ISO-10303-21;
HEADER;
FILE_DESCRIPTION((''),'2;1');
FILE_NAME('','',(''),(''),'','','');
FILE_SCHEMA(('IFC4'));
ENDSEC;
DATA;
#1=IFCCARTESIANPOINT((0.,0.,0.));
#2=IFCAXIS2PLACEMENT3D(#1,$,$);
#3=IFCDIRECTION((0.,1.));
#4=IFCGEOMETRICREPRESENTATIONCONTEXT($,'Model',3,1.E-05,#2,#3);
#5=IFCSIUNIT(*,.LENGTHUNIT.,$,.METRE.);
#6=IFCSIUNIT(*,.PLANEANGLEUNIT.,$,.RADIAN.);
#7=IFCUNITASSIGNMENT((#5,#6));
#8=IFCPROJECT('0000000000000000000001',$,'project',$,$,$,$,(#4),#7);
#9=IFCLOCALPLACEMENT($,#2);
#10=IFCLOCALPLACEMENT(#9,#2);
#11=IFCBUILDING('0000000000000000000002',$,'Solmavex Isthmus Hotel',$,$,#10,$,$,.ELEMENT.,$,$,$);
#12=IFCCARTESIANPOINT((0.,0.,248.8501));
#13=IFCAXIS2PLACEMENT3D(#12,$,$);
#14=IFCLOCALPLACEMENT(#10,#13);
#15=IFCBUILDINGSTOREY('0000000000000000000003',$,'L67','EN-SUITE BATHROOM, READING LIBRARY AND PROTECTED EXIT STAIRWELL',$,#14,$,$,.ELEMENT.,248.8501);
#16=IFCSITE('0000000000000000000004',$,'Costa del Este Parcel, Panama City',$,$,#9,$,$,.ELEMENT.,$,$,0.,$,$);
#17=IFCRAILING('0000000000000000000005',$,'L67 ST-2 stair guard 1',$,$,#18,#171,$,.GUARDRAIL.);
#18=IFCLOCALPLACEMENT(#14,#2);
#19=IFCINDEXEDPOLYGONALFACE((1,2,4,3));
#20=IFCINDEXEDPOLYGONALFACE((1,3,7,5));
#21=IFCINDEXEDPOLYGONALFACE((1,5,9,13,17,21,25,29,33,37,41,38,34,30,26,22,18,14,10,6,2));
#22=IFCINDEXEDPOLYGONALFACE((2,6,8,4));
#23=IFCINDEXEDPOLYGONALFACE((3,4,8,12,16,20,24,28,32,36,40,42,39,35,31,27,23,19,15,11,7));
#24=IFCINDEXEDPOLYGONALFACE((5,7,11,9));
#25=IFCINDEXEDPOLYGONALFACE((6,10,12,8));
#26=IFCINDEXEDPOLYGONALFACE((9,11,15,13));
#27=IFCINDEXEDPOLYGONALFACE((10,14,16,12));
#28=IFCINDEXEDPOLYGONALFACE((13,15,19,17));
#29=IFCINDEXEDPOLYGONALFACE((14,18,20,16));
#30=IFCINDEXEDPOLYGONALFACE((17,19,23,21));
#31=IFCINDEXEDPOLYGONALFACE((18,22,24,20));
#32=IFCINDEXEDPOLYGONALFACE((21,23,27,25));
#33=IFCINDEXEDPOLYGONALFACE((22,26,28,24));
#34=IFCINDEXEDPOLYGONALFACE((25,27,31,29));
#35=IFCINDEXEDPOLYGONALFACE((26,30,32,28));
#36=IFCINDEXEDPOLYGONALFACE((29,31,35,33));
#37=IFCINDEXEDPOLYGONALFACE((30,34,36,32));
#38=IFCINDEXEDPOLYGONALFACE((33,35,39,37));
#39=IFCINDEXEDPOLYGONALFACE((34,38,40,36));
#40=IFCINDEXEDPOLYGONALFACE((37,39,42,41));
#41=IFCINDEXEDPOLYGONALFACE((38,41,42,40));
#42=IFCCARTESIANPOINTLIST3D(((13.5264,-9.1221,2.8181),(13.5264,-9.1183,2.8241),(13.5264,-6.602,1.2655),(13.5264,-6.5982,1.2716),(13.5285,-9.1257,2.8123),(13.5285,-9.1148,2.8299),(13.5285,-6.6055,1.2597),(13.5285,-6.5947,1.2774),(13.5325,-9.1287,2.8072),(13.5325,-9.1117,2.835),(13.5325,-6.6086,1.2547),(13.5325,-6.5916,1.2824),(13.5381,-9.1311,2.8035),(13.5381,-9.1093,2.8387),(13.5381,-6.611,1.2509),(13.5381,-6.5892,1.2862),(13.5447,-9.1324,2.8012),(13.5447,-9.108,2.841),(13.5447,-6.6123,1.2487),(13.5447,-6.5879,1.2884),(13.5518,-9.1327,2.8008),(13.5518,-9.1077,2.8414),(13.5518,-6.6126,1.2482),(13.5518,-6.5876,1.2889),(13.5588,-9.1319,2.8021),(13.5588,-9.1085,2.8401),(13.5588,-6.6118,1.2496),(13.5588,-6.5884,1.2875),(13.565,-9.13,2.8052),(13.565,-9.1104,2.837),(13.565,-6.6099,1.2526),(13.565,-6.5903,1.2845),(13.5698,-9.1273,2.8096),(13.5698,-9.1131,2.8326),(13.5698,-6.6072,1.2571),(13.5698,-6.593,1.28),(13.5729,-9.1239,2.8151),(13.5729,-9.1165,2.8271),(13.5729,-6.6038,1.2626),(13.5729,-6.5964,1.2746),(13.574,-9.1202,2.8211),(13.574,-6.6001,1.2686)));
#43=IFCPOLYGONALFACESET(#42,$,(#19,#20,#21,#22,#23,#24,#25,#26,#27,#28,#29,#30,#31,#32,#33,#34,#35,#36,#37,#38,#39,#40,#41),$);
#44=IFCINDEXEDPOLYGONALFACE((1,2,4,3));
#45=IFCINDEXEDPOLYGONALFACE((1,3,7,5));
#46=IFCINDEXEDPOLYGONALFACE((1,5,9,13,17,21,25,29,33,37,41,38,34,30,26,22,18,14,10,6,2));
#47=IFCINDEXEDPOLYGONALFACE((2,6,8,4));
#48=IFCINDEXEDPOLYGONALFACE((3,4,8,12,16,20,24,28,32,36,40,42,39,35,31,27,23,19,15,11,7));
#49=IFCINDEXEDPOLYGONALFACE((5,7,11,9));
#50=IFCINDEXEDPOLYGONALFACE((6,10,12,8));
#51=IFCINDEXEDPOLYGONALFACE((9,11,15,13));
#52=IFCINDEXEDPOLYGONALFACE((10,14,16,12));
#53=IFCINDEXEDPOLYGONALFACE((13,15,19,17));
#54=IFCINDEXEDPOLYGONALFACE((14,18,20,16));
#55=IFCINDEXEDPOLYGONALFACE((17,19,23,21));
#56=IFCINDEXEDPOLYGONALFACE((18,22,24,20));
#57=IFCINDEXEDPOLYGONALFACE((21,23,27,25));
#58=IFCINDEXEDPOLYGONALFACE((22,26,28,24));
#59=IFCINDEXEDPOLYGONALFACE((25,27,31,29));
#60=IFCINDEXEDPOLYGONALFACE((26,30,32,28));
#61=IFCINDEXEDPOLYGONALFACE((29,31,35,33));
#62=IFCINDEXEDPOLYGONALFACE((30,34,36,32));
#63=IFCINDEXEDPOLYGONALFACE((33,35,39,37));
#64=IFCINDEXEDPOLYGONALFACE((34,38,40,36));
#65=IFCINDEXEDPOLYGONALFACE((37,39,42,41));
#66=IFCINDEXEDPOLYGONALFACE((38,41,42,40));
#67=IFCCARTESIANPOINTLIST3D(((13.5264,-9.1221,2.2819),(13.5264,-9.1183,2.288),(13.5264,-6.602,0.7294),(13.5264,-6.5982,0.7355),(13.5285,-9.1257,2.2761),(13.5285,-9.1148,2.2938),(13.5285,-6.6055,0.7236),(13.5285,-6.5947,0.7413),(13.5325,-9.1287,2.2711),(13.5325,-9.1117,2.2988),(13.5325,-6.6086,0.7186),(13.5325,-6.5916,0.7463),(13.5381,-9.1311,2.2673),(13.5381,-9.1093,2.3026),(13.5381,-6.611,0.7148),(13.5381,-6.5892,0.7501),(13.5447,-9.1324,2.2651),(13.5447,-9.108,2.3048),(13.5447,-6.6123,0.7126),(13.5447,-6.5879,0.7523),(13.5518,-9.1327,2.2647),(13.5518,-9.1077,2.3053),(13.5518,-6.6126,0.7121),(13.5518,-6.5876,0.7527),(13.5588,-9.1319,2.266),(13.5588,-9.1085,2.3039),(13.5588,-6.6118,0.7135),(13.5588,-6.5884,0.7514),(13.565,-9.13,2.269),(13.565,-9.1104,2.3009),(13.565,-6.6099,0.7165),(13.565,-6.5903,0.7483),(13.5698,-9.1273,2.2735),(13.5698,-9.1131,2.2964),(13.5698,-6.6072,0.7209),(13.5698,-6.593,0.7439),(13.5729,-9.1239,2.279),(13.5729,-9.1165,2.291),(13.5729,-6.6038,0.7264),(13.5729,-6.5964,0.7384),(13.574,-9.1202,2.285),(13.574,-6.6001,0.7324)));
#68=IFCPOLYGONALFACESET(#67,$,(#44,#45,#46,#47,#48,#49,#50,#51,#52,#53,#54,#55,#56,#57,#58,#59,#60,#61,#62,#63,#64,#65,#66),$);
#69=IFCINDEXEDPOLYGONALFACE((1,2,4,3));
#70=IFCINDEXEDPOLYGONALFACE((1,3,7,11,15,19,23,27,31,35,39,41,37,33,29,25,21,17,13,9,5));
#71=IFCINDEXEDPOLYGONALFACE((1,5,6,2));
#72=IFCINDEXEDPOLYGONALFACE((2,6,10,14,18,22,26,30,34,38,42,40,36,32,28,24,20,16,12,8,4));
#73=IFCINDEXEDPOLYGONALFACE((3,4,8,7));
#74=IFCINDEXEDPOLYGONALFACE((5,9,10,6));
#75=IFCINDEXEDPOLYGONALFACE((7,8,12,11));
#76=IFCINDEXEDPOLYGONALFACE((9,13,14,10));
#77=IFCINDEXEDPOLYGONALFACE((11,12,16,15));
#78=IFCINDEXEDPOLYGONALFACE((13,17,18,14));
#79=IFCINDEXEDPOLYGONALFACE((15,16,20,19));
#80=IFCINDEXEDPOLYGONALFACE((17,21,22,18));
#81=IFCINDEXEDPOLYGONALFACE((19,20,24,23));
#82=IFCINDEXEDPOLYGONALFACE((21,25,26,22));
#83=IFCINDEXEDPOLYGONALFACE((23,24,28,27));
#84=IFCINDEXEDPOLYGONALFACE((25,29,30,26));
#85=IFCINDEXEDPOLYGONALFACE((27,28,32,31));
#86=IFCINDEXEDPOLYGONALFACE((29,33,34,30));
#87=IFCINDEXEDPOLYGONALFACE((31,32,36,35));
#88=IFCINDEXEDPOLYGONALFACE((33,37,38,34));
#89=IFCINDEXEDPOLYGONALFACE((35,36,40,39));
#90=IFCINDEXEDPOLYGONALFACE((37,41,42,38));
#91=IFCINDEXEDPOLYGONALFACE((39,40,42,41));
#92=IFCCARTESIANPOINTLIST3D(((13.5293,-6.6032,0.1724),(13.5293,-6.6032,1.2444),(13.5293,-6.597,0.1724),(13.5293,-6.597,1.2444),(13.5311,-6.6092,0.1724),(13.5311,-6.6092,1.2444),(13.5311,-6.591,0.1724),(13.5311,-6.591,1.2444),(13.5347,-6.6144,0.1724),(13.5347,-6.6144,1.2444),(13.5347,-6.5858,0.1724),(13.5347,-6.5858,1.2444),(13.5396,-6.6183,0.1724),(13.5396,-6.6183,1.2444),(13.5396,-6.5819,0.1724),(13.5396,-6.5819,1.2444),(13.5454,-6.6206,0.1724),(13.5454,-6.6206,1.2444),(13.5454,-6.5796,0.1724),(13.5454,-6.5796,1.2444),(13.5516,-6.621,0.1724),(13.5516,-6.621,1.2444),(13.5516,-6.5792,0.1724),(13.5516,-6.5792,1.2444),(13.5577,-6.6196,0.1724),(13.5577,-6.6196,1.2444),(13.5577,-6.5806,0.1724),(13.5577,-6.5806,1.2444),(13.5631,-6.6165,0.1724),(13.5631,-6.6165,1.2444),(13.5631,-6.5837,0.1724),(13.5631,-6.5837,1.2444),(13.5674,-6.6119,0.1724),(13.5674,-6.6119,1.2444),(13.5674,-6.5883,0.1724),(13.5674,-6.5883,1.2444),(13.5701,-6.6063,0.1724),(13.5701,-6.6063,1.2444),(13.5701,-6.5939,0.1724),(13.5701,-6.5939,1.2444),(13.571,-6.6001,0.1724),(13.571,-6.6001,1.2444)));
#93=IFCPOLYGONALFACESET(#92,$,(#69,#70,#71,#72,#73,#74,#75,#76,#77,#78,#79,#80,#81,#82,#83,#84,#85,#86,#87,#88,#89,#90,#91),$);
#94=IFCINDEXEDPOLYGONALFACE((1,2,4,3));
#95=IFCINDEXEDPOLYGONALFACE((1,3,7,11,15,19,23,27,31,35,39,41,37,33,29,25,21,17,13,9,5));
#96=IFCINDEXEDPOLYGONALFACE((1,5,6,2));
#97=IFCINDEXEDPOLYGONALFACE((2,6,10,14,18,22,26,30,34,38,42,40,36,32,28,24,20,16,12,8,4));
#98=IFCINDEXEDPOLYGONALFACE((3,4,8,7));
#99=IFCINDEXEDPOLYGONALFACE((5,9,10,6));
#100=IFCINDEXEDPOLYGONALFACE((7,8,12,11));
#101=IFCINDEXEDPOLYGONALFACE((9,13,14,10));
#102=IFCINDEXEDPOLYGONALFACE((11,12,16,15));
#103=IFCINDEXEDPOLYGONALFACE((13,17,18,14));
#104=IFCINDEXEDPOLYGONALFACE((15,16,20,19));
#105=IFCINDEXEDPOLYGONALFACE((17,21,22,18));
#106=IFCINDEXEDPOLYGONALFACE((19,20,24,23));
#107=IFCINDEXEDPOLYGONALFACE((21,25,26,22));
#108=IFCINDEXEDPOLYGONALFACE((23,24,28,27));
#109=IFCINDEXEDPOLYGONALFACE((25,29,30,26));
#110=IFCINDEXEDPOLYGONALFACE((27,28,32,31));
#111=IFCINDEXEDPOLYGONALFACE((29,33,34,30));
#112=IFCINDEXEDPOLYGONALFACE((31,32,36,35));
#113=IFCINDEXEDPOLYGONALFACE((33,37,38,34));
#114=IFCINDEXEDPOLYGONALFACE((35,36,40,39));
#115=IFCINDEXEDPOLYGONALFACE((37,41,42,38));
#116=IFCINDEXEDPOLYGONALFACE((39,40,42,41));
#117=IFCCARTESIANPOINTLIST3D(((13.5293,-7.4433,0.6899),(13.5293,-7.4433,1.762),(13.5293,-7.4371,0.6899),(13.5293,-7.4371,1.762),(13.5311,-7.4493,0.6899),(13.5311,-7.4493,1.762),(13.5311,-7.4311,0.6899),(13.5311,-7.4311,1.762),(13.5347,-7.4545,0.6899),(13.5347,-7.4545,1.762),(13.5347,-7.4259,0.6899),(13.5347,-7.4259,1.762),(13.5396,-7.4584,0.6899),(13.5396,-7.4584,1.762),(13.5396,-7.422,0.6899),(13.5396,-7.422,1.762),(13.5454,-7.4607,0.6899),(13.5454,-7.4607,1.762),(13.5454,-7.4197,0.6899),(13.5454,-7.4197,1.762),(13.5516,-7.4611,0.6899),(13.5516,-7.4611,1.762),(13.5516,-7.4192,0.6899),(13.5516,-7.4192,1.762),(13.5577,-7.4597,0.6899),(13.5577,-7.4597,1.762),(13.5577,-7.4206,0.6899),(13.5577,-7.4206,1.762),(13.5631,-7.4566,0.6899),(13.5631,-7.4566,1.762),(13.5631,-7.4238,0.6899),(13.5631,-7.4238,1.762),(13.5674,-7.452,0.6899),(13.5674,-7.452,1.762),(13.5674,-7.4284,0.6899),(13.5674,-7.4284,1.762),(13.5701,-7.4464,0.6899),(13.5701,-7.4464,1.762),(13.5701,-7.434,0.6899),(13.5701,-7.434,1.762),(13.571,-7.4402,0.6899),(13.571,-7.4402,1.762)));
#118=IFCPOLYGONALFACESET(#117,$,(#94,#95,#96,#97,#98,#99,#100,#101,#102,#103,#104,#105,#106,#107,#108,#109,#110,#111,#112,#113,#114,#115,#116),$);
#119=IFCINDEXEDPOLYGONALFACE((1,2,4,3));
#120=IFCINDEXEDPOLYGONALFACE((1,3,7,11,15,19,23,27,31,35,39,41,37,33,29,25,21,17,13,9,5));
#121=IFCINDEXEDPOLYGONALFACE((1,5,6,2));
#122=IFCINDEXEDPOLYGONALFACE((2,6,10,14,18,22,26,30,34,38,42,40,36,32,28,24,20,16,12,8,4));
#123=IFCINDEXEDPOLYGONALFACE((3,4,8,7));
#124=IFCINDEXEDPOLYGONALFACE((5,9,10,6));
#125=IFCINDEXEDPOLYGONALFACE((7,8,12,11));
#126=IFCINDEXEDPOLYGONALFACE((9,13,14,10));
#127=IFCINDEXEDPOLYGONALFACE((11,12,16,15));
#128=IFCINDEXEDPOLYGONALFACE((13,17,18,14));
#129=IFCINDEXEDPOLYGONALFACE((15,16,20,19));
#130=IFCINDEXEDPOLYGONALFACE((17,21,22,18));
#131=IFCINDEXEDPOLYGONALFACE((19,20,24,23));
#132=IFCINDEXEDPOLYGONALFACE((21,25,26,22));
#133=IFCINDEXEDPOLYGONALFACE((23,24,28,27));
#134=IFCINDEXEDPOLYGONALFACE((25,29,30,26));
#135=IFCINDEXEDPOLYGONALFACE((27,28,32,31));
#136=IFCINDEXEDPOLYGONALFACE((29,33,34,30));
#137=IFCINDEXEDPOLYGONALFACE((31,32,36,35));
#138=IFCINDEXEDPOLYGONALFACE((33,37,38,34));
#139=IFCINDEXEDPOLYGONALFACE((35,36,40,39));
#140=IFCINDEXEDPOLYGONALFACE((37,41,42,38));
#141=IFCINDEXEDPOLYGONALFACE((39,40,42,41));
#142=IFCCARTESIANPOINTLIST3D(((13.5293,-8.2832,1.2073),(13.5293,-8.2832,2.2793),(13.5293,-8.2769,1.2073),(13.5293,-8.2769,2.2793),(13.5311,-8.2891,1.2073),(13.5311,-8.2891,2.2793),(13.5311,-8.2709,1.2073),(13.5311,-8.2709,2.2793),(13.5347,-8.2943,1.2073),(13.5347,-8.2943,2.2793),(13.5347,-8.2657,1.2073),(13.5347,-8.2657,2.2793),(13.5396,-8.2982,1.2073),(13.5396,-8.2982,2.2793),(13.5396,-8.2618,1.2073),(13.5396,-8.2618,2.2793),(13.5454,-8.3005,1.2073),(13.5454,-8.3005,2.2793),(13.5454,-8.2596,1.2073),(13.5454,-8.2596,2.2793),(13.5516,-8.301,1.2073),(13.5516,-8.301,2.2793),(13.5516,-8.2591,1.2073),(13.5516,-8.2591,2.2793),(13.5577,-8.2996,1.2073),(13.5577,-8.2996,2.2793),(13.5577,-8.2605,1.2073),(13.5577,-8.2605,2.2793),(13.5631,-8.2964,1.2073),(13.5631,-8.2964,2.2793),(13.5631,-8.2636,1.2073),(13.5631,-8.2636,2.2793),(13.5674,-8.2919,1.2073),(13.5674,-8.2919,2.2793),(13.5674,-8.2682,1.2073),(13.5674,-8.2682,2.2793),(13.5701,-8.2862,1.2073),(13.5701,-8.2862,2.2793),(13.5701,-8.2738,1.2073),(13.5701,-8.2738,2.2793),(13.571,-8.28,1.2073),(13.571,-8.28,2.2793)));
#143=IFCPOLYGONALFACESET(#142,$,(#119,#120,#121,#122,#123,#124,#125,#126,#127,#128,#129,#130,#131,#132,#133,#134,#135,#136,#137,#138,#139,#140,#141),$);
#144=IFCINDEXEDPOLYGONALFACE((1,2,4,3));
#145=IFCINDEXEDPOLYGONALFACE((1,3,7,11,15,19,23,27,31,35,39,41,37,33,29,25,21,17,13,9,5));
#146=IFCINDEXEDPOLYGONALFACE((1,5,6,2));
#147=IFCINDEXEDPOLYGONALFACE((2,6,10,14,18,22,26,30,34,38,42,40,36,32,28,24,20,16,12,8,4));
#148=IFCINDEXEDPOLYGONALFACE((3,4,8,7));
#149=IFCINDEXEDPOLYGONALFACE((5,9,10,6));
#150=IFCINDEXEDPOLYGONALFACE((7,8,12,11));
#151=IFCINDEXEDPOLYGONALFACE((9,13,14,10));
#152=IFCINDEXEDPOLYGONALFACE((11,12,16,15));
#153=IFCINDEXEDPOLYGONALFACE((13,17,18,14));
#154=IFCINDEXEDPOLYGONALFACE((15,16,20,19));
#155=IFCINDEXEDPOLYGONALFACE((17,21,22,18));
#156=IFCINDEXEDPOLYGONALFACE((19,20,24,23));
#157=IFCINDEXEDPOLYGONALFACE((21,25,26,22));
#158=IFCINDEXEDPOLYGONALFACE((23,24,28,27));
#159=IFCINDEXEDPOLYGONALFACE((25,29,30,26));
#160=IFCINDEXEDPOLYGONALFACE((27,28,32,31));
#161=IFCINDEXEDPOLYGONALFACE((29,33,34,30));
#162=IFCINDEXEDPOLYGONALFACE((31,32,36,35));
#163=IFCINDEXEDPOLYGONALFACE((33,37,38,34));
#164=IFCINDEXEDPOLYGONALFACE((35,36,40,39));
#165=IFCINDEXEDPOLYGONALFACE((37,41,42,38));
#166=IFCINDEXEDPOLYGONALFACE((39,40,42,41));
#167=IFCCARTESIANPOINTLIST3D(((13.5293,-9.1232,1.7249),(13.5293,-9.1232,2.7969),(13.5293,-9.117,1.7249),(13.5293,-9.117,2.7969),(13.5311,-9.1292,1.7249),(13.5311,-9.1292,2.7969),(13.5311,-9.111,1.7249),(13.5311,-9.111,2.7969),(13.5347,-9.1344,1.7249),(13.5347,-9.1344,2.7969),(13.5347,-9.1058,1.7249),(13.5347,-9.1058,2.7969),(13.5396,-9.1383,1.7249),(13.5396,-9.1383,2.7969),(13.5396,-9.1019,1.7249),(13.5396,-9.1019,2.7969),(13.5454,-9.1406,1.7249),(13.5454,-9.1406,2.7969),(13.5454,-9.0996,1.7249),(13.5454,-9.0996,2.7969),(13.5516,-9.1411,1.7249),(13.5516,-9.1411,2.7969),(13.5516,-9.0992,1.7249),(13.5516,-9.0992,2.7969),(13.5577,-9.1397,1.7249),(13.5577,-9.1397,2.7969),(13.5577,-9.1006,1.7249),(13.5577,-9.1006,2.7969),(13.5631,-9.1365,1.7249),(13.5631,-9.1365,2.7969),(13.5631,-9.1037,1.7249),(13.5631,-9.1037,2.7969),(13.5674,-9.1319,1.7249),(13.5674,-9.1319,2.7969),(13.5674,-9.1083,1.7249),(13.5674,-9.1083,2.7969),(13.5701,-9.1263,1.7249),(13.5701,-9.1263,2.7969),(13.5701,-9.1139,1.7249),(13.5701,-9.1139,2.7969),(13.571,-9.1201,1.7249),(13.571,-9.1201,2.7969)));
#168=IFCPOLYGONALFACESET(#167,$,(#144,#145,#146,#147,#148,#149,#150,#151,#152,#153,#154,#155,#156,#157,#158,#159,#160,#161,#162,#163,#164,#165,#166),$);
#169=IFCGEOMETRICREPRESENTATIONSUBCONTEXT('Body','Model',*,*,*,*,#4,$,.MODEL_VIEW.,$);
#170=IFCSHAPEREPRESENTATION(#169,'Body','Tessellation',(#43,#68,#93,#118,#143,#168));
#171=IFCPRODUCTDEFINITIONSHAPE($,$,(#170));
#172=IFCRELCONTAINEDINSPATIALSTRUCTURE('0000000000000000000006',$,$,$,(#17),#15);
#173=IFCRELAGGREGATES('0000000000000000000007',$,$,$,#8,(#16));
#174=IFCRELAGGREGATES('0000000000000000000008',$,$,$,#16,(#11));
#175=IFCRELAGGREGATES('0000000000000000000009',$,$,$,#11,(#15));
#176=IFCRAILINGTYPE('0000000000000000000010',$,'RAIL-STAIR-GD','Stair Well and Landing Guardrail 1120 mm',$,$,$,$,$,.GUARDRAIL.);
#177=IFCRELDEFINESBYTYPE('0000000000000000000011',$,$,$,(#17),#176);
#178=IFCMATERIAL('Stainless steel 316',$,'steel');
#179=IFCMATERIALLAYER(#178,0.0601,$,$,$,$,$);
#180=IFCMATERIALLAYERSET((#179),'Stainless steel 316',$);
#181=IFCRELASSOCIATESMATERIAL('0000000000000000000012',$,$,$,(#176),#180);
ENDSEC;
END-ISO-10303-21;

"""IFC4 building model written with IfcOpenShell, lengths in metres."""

from ifc_helpers import new_model, si_unit, direction, frame, origin, origin_2d, place, context, subcontext, project, spatial, circle, extrude, material, layer, layer_set, type_object, element, save


model = new_model("IFC4")

# Units and contexts
model_context = context("Model", 3, precision=1e-05, world=origin(), true_north=direction((0.0, 1.0)))
body_context = subcontext(model_context, "Body", "Model", "MODEL_VIEW")
ifc_project = project(units=[si_unit("LENGTHUNIT", "METRE"), si_unit("PLANEANGLEUNIT", "RADIAN")], contexts=[model_context])

# Site, building, storey
site_placement = place(None, origin())
site = spatial("IfcSite", under=ifc_project, at=site_placement, Name="Costa del Este Parcel, Panama City", CompositionType="ELEMENT", RefElevation=0.0)
building_placement = place(site_placement, origin())
building = spatial("IfcBuilding", under=site, at=building_placement, Name="Solmavex Isthmus Hotel", CompositionType="ELEMENT")
storey_placement = place(building_placement, frame((0.0, 0.0, 248.8501)))
storey = spatial("IfcBuildingStorey", under=building, at=storey_placement, Name="L67", Description="EN-SUITE BATHROOM, READING LIBRARY AND PROTECTED EXIT STAIRWELL", CompositionType="ELEMENT", Elevation=248.8501)

# Shared definitions
ifc_material_1 = material(Name="Stainless steel 316", Category="steel")

# Railing
ifc_layer_1 = layer(ifc_material_1, 0.0601)
ifc_layer_set_1 = layer_set([ifc_layer_1], Name="Stainless steel 316")
railing_type_1 = type_object("IfcRailingType", Name="RAIL-STAIR-GD", Description="Stair Well and Landing Guardrail 1120 mm", PredefinedType="GUARDRAIL", material=ifc_layer_set_1)
railing_1_placement = place(storey_placement, frame((13.55, -6.6001, 0.1724)))
element("IfcRailing", 1, at=railing_1_placement, inside=storey, type_object=railing_type_1, Name="L67 ST-2 stair guard 1", PredefinedType="GUARDRAIL", context=body_context, shape_type="SweptSolid", body=[
    extrude(circle(Radius=0.0239, at=origin_2d()), frame((0.0, 0.0, 1.0962), z_axis=(0.0, -0.8514, 0.524516), x_axis=(1.0, 0.0, 0.0)), (0.0, 0.0, 1.0), 2.96),
    extrude(circle(Radius=0.0239, at=origin_2d()), frame((0.0, 0.0, 0.5601), z_axis=(0.0, -0.8514, 0.524516), x_axis=(1.0, 0.0, 0.0)), (0.0, 0.0, 1.0), 2.96),
    extrude(circle(Radius=0.021, at=origin_2d()), origin(), (0.0, 0.0, 1.0), 1.072),
    extrude(circle(Radius=0.021, at=origin_2d()), frame((0.0, -0.8401, 0.5176)), (0.0, 0.0, 1.0), 1.072),
    extrude(circle(Radius=0.021, at=origin_2d()), frame((0.0, -1.6799, 1.0349)), (0.0, 0.0, 1.0), 1.072),
    extrude(circle(Radius=0.021, at=origin_2d()), frame((0.0, -2.52, 1.5525)), (0.0, 0.0, 1.0), 1.072),
])

save(model, "model.ifc")
